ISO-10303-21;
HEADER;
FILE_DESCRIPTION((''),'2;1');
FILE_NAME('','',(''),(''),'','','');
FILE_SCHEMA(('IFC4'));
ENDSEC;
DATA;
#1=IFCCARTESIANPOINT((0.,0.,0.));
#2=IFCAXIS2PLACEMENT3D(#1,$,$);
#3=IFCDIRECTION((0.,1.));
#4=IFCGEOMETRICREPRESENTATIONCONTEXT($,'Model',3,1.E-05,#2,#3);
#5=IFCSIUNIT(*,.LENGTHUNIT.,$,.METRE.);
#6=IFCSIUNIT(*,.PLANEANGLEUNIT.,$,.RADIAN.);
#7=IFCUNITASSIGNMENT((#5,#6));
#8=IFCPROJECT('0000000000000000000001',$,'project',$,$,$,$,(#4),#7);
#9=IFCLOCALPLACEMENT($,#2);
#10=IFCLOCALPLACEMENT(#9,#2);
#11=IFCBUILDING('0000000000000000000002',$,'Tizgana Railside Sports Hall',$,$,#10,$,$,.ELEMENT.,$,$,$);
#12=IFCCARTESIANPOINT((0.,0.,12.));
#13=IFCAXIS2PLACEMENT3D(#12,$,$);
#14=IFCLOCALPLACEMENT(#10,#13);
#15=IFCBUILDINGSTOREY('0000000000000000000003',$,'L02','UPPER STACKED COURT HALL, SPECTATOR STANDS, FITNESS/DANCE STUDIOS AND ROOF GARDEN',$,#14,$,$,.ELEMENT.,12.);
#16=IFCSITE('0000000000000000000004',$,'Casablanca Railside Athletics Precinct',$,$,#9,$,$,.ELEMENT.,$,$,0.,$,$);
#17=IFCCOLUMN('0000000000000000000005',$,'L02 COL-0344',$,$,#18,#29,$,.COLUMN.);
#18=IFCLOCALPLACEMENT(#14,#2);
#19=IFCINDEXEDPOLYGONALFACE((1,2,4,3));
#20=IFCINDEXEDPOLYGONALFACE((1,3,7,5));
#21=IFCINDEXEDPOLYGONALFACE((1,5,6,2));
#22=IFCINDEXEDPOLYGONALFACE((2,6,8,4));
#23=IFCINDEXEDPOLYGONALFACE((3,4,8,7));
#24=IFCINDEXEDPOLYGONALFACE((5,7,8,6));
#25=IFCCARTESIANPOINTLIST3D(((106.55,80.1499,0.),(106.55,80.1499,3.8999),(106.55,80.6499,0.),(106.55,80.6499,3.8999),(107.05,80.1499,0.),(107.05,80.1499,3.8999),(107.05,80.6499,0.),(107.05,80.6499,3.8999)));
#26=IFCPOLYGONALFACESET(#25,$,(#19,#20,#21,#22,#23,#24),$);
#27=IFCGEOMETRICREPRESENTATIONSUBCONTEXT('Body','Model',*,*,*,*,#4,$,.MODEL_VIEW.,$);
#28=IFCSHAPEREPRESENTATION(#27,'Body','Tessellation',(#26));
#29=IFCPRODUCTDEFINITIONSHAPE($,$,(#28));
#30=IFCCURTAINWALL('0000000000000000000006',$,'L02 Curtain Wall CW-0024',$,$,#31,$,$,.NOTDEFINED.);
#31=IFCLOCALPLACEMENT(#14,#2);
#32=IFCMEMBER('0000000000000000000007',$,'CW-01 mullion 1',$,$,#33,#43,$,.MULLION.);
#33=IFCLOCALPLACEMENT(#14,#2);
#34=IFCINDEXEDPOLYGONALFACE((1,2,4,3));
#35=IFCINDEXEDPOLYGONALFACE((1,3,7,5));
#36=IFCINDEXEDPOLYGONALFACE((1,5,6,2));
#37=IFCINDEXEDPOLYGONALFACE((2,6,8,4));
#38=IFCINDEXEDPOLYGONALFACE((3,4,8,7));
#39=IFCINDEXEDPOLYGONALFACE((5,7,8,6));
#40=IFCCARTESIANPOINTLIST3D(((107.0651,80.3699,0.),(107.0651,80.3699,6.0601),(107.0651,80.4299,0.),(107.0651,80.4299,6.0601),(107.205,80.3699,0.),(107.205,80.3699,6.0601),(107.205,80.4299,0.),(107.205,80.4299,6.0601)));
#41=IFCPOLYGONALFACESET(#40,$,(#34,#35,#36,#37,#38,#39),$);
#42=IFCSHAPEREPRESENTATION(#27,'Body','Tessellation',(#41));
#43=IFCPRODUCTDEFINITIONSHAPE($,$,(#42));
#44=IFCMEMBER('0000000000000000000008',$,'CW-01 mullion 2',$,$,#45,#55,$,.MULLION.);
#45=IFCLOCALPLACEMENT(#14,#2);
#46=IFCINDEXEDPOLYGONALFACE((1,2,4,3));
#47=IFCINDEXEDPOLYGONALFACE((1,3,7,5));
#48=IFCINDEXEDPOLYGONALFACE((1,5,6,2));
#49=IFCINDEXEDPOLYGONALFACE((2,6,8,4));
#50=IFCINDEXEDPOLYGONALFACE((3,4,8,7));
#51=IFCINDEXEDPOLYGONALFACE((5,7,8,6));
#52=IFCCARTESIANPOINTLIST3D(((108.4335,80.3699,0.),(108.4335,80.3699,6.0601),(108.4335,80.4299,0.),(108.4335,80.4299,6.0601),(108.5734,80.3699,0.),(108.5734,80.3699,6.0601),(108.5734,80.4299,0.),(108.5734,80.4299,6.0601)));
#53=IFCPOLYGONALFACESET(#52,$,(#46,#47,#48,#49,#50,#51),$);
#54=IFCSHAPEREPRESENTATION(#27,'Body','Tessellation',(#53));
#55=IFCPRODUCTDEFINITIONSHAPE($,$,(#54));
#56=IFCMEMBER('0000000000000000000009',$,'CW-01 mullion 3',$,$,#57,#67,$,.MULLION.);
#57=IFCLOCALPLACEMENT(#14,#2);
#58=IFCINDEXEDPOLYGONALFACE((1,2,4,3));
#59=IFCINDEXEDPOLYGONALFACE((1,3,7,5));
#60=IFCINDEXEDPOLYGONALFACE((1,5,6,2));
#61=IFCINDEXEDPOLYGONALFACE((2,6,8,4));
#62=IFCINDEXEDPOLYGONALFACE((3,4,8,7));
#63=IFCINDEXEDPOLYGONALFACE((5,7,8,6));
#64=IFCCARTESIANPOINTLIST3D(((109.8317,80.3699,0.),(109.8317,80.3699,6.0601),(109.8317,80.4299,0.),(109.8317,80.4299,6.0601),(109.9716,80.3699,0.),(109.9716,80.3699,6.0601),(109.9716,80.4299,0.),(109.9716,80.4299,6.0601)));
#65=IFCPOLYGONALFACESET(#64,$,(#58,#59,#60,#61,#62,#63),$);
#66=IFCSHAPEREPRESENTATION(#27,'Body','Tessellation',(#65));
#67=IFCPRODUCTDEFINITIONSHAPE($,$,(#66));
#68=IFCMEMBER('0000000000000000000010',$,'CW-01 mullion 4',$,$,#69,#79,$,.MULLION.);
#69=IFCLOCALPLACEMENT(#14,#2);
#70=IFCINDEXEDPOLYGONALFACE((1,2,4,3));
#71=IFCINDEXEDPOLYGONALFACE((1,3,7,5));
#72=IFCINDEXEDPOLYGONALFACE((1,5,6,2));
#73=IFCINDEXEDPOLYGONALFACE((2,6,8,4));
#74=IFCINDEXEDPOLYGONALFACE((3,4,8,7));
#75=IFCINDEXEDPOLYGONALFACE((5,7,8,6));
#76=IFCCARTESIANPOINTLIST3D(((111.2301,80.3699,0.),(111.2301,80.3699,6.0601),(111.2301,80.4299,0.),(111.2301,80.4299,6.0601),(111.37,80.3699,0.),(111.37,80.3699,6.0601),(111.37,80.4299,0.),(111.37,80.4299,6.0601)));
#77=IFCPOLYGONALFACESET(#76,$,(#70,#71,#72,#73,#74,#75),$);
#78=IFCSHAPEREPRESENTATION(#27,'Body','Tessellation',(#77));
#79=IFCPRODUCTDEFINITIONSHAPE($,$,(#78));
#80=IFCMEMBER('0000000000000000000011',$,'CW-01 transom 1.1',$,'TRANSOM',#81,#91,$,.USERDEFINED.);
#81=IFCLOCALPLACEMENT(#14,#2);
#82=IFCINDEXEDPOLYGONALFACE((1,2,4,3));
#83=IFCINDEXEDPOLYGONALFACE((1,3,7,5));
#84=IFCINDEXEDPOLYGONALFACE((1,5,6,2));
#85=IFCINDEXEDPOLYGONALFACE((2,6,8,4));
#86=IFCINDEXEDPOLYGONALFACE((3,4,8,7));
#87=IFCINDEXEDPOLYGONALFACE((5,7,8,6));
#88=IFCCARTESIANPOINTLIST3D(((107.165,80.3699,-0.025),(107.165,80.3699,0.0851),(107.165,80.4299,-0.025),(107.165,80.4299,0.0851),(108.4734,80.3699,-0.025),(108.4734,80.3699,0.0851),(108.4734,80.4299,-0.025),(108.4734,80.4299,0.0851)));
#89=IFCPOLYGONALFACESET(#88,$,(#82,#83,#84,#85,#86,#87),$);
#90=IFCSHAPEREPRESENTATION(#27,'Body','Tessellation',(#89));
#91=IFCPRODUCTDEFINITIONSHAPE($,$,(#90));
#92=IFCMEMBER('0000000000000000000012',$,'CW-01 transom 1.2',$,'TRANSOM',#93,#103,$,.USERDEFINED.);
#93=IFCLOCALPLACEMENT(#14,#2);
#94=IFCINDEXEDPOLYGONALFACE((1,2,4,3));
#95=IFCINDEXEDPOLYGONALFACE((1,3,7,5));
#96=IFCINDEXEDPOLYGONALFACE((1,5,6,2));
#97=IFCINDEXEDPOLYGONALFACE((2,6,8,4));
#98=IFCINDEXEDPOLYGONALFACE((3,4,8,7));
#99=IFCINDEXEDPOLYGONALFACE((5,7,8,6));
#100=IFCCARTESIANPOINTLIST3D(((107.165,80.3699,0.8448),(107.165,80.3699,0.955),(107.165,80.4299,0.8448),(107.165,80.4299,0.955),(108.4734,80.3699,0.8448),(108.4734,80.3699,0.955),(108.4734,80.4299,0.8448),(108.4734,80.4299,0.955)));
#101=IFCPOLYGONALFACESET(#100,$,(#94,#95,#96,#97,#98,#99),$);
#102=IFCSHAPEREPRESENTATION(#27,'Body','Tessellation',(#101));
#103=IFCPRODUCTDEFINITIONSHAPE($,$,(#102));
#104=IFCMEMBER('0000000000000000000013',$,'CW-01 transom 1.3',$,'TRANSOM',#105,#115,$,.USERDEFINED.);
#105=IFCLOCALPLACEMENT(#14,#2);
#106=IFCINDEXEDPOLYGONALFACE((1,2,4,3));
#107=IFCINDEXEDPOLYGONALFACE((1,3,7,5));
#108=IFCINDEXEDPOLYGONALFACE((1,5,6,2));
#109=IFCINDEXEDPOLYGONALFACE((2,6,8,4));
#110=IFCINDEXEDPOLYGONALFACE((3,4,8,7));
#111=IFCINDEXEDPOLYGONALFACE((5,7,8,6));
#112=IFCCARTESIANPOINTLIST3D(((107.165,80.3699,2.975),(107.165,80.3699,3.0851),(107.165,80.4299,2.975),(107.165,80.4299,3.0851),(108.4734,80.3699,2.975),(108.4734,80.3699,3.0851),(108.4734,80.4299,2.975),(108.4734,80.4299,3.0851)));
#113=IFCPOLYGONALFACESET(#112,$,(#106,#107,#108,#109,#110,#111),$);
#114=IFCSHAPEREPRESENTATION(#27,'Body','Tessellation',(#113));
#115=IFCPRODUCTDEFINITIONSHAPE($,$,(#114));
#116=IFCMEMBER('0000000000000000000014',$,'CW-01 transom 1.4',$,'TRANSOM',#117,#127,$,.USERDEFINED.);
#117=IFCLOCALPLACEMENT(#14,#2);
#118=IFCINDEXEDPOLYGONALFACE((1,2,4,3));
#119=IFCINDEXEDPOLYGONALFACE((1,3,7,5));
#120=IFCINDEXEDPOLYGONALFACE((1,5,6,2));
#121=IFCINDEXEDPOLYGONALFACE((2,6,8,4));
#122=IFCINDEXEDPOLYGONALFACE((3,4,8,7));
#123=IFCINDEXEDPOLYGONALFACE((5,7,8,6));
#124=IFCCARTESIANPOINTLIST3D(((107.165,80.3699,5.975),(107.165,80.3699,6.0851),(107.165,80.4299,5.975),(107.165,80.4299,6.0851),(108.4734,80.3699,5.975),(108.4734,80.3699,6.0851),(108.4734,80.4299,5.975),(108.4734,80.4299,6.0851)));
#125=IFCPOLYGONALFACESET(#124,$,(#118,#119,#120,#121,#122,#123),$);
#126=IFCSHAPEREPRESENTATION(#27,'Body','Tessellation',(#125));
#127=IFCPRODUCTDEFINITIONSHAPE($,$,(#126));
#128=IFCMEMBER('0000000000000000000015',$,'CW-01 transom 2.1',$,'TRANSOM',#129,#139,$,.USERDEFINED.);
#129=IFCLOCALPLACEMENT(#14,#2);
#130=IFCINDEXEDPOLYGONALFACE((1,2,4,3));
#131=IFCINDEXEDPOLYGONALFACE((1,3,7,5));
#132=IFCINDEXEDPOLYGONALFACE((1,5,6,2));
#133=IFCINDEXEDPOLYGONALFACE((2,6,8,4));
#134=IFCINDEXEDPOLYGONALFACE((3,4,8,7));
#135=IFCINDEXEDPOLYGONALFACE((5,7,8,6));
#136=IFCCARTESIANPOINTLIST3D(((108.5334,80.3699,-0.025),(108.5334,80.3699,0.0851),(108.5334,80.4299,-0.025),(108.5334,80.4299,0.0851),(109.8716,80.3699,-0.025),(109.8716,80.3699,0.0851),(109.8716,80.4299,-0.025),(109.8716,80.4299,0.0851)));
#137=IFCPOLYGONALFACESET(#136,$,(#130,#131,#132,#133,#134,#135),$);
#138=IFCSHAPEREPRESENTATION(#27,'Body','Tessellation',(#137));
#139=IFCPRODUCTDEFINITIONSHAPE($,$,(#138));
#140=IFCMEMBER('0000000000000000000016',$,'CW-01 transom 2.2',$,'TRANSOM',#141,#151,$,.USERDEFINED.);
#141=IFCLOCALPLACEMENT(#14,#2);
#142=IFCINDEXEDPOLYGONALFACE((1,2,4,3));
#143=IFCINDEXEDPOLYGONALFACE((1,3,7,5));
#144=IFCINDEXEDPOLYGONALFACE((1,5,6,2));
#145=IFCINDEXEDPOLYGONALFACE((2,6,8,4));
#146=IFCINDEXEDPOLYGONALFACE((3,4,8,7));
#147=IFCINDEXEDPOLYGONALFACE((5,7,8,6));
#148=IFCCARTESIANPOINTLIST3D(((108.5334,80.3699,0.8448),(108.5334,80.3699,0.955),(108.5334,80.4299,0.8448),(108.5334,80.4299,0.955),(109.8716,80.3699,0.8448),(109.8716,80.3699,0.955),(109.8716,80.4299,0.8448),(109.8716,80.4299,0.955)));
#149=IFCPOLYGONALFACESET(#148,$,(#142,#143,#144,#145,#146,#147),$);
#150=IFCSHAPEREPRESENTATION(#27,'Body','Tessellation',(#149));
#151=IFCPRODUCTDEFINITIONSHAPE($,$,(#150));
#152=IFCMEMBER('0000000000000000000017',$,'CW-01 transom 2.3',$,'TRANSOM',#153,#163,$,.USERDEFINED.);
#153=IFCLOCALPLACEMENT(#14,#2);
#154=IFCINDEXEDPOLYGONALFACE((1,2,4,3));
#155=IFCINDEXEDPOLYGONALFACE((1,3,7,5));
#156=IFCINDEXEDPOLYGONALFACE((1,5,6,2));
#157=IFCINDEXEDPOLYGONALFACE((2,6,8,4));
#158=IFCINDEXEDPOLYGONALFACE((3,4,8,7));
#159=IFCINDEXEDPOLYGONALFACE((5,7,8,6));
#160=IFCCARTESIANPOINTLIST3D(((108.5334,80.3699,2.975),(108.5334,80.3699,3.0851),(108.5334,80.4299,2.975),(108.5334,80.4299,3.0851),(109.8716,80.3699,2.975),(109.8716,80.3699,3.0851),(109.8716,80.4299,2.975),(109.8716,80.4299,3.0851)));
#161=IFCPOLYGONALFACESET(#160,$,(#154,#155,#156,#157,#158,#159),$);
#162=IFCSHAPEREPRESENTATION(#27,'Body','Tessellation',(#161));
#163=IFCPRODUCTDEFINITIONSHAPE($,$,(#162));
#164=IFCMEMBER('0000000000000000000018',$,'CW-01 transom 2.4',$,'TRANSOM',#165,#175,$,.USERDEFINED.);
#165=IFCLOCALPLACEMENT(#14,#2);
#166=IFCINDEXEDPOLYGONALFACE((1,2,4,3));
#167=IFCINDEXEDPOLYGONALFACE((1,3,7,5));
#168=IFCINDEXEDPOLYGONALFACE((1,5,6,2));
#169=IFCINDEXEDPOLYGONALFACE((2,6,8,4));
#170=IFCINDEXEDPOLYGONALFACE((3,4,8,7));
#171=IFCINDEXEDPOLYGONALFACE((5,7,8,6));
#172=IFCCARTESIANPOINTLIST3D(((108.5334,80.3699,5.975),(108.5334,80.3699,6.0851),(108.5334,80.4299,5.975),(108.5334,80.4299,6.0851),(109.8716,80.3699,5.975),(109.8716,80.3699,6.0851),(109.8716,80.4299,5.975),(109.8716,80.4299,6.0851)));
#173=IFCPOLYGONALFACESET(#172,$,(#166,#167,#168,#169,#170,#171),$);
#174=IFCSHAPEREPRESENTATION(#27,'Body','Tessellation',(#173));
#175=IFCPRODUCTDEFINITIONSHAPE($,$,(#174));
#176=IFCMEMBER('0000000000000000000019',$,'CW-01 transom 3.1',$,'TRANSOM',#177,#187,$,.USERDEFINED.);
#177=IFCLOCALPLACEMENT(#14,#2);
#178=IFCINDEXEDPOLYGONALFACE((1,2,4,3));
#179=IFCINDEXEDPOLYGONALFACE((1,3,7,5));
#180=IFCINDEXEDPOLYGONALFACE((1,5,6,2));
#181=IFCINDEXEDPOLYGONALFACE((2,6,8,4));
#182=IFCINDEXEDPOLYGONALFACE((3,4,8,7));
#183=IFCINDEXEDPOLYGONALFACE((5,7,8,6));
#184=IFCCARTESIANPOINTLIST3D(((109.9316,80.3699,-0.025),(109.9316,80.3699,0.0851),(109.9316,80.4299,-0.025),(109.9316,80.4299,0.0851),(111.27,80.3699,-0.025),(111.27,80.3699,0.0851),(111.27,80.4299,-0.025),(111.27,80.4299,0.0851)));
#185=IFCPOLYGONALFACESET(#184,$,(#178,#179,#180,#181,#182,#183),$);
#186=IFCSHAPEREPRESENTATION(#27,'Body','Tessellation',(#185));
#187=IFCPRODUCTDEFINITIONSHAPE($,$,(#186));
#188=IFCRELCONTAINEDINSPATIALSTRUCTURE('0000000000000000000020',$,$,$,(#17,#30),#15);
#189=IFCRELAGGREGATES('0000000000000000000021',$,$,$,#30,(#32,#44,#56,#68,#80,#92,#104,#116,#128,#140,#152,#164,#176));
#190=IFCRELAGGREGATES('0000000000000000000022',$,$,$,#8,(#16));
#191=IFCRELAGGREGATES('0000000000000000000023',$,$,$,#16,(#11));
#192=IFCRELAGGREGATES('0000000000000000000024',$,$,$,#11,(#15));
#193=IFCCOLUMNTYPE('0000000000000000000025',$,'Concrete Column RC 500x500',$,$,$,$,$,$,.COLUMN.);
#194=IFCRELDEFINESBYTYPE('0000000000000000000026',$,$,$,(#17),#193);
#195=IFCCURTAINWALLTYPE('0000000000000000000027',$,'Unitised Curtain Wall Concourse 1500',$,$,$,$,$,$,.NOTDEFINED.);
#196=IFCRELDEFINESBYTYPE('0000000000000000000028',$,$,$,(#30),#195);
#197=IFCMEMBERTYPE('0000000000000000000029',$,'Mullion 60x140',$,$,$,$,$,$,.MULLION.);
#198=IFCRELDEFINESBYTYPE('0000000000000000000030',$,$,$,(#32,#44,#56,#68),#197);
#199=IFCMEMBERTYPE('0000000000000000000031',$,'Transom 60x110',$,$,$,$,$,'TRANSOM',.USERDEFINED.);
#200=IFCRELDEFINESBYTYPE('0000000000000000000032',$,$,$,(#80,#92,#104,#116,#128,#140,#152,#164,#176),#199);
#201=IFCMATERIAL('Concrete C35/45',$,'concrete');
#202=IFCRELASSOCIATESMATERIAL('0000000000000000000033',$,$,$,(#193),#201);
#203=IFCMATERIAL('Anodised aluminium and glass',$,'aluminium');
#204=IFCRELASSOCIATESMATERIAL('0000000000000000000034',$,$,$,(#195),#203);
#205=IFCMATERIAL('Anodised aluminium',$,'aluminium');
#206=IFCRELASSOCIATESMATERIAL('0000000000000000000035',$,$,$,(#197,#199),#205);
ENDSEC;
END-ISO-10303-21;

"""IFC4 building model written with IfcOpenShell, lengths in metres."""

from ifc_helpers import new_model, si_unit, direction, frame, origin, origin_2d, place, context, subcontext, project, spatial, rectangle, extrude, material, material_profile, profile_set, type_object, element, aggregate, save


model = new_model("IFC4")

# Units and contexts
model_context = context("Model", 3, precision=1e-05, world=origin(), true_north=direction((0.0, 1.0)))
body_context = subcontext(model_context, "Body", "Model", "MODEL_VIEW")
ifc_project = project(units=[si_unit("LENGTHUNIT", "METRE"), si_unit("PLANEANGLEUNIT", "RADIAN")], contexts=[model_context])

# Site, building, storey
site_placement = place(None, origin())
site = spatial("IfcSite", under=ifc_project, at=site_placement, Name="Casablanca Railside Athletics Precinct", CompositionType="ELEMENT", RefElevation=0.0)
building_placement = place(site_placement, origin())
building = spatial("IfcBuilding", under=site, at=building_placement, Name="Tizgana Railside Sports Hall", CompositionType="ELEMENT")
storey_placement = place(building_placement, frame((0.0, 0.0, 12.0)))
storey = spatial("IfcBuildingStorey", under=building, at=storey_placement, Name="L02", Description="UPPER STACKED COURT HALL, SPECTATOR STANDS, FITNESS/DANCE STUDIOS AND ROOF GARDEN", CompositionType="ELEMENT", Elevation=12.0)

# Column
ifc_material_1 = material(Name="Concrete C35/45", Category="concrete")
ifc_material_profile_1 = material_profile(ifc_material_1, rectangle(XDim=0.5, YDim=0.5, at=origin_2d()), Name="RC 500x500")
ifc_profile_set_1 = profile_set([ifc_material_profile_1], Name="Concrete C35/45")
column_type = type_object("IfcColumnType", Name="Concrete Column RC 500x500", PredefinedType="COLUMN", material=ifc_profile_set_1)
column_placement = place(storey_placement, frame((106.8, 80.3999, 0.0), z_axis=(0.0, 0.0, 1.0), x_axis=(1.0, 0.0, 0.0)))
element("IfcColumn", 1, at=column_placement, inside=storey, type_object=column_type, Name="L02 COL-0344", PredefinedType="COLUMN", context=body_context, shape_type="SweptSolid", body=[
    extrude(rectangle(XDim=0.5, YDim=0.5, at=origin_2d()), origin(), (0.0, 0.0, 1.0), 3.8999),
])

# Curtain wall, members
ifc_material_2 = material(Name="Anodised aluminium and glass", Category="aluminium")
curtain_wall_type = type_object("IfcCurtainWallType", Name="Unitised Curtain Wall Concourse 1500", PredefinedType="NOTDEFINED", material=ifc_material_2)
curtain_wall_placement = place(storey_placement, origin())
curtain_wall = element("IfcCurtainWall", 2, at=curtain_wall_placement, inside=storey, type_object=curtain_wall_type, Name="L02 Curtain Wall CW-0024", PredefinedType="NOTDEFINED")
ifc_material_3 = material(Name="Anodised aluminium", Category="aluminium")
ifc_material_profile_2 = material_profile(ifc_material_3, rectangle(XDim=0.0601, YDim=0.1399, at=origin_2d()), Name="Mullion 60x140")
ifc_profile_set_2 = profile_set([ifc_material_profile_2], Name="Anodised aluminium")
member_type_1 = type_object("IfcMemberType", Name="Mullion 60x140", PredefinedType="MULLION", material=ifc_profile_set_2)
member_1_placement = place(storey_placement, frame((107.135, 80.3999, 0.0), z_axis=(0.0, 0.0, 1.0), x_axis=(0.0, 1.0, 0.0)))
member_1 = element("IfcMember", 3, at=member_1_placement, type_object=member_type_1, Name="CW-01 mullion 1", PredefinedType="MULLION", context=body_context, shape_type="SweptSolid", body=[
    extrude(rectangle(XDim=0.0601, YDim=0.1399, at=origin_2d()), origin(), (0.0, 0.0, 1.0), 6.0601),
])
member_2_placement = place(storey_placement, frame((108.5034, 80.3999, 0.0), z_axis=(0.0, 0.0, 1.0), x_axis=(0.0, 1.0, 0.0)))
member_2 = element("IfcMember", 4, at=member_2_placement, type_object=member_type_1, Name="CW-01 mullion 2", PredefinedType="MULLION", context=body_context, shape_type="SweptSolid", body=[
    extrude(rectangle(XDim=0.0601, YDim=0.1399, at=origin_2d()), origin(), (0.0, 0.0, 1.0), 6.0601),
])
member_3_placement = place(storey_placement, frame((109.9016, 80.3999, 0.0), z_axis=(0.0, 0.0, 1.0), x_axis=(0.0, 1.0, 0.0)))
member_3 = element("IfcMember", 5, at=member_3_placement, type_object=member_type_1, Name="CW-01 mullion 3", PredefinedType="MULLION", context=body_context, shape_type="SweptSolid", body=[
    extrude(rectangle(XDim=0.0601, YDim=0.1399, at=origin_2d()), origin(), (0.0, 0.0, 1.0), 6.0601),
])
member_4_placement = place(storey_placement, frame((111.3, 80.3999, 0.0), z_axis=(0.0, 0.0, 1.0), x_axis=(0.0, 1.0, 0.0)))
member_4 = element("IfcMember", 6, at=member_4_placement, type_object=member_type_1, Name="CW-01 mullion 4", PredefinedType="MULLION", context=body_context, shape_type="SweptSolid", body=[
    extrude(rectangle(XDim=0.0601, YDim=0.1399, at=origin_2d()), origin(), (0.0, 0.0, 1.0), 6.0601),
])
ifc_material_profile_3 = material_profile(ifc_material_3, rectangle(XDim=0.0601, YDim=0.1101, at=origin_2d()), Name="Transom 60x110")
ifc_profile_set_3 = profile_set([ifc_material_profile_3], Name="Anodised aluminium")
member_type_2 = type_object("IfcMemberType", Name="Transom 60x110", ElementType="TRANSOM", PredefinedType="USERDEFINED", material=ifc_profile_set_3)
member_5_placement = place(storey_placement, frame((107.165, 80.3999, 0.03), z_axis=(1.0, 0.0, 0.0), x_axis=(0.0, 1.0, 0.0)))
member_5 = element("IfcMember", 7, at=member_5_placement, type_object=member_type_2, Name="CW-01 transom 1.1", ObjectType="TRANSOM", PredefinedType="USERDEFINED", context=body_context, shape_type="SweptSolid", body=[
    extrude(rectangle(XDim=0.0601, YDim=0.1101, at=origin_2d()), origin(), (0.0, 0.0, 1.0), 1.3083),
])
member_6_placement = place(storey_placement, frame((107.165, 80.3999, 0.8999), z_axis=(1.0, 0.0, 0.0), x_axis=(0.0, 1.0, 0.0)))
member_6 = element("IfcMember", 8, at=member_6_placement, type_object=member_type_2, Name="CW-01 transom 1.2", ObjectType="TRANSOM", PredefinedType="USERDEFINED", context=body_context, shape_type="SweptSolid", body=[
    extrude(rectangle(XDim=0.0601, YDim=0.1101, at=origin_2d()), origin(), (0.0, 0.0, 1.0), 1.3083),
])
member_7_placement = place(storey_placement, frame((107.165, 80.3999, 3.03), z_axis=(1.0, 0.0, 0.0), x_axis=(0.0, 1.0, 0.0)))
member_7 = element("IfcMember", 9, at=member_7_placement, type_object=member_type_2, Name="CW-01 transom 1.3", ObjectType="TRANSOM", PredefinedType="USERDEFINED", context=body_context, shape_type="SweptSolid", body=[
    extrude(rectangle(XDim=0.0601, YDim=0.1101, at=origin_2d()), origin(), (0.0, 0.0, 1.0), 1.3083),
])
member_8_placement = place(storey_placement, frame((107.165, 80.3999, 6.03), z_axis=(1.0, 0.0, 0.0), x_axis=(0.0, 1.0, 0.0)))
member_8 = element("IfcMember", 10, at=member_8_placement, type_object=member_type_2, Name="CW-01 transom 1.4", ObjectType="TRANSOM", PredefinedType="USERDEFINED", context=body_context, shape_type="SweptSolid", body=[
    extrude(rectangle(XDim=0.0601, YDim=0.1101, at=origin_2d()), origin(), (0.0, 0.0, 1.0), 1.3083),
])
member_9_placement = place(storey_placement, frame((108.5334, 80.3999, 0.03), z_axis=(1.0, 0.0, 0.0), x_axis=(0.0, 1.0, 0.0)))
member_9 = element("IfcMember", 11, at=member_9_placement, type_object=member_type_2, Name="CW-01 transom 2.1", ObjectType="TRANSOM", PredefinedType="USERDEFINED", context=body_context, shape_type="SweptSolid", body=[
    extrude(rectangle(XDim=0.0601, YDim=0.1101, at=origin_2d()), origin(), (0.0, 0.0, 1.0), 1.3381),
])
member_10_placement = place(storey_placement, frame((108.5334, 80.3999, 0.8999), z_axis=(1.0, 0.0, 0.0), x_axis=(0.0, 1.0, 0.0)))
member_10 = element("IfcMember", 12, at=member_10_placement, type_object=member_type_2, Name="CW-01 transom 2.2", ObjectType="TRANSOM", PredefinedType="USERDEFINED", context=body_context, shape_type="SweptSolid", body=[
    extrude(rectangle(XDim=0.0601, YDim=0.1101, at=origin_2d()), origin(), (0.0, 0.0, 1.0), 1.3381),
])
member_11_placement = place(storey_placement, frame((108.5334, 80.3999, 3.03), z_axis=(1.0, 0.0, 0.0), x_axis=(0.0, 1.0, 0.0)))
member_11 = element("IfcMember", 13, at=member_11_placement, type_object=member_type_2, Name="CW-01 transom 2.3", ObjectType="TRANSOM", PredefinedType="USERDEFINED", context=body_context, shape_type="SweptSolid", body=[
    extrude(rectangle(XDim=0.0601, YDim=0.1101, at=origin_2d()), origin(), (0.0, 0.0, 1.0), 1.3381),
])
member_12_placement = place(storey_placement, frame((108.5334, 80.3999, 6.03), z_axis=(1.0, 0.0, 0.0), x_axis=(0.0, 1.0, 0.0)))
member_12 = element("IfcMember", 14, at=member_12_placement, type_object=member_type_2, Name="CW-01 transom 2.4", ObjectType="TRANSOM", PredefinedType="USERDEFINED", context=body_context, shape_type="SweptSolid", body=[
    extrude(rectangle(XDim=0.0601, YDim=0.1101, at=origin_2d()), origin(), (0.0, 0.0, 1.0), 1.3381),
])
member_13_placement = place(storey_placement, frame((109.9316, 80.3999, 0.03), z_axis=(1.0, 0.0, 0.0), x_axis=(0.0, 1.0, 0.0)))
member_13 = element("IfcMember", 15, at=member_13_placement, type_object=member_type_2, Name="CW-01 transom 3.1", ObjectType="TRANSOM", PredefinedType="USERDEFINED", context=body_context, shape_type="SweptSolid", body=[
    extrude(rectangle(XDim=0.0601, YDim=0.1101, at=origin_2d()), origin(), (0.0, 0.0, 1.0), 1.3384),
])
aggregate(curtain_wall, [member_1, member_2, member_3, member_4, member_5, member_6, member_7, member_8, member_9, member_10, member_11, member_12, member_13])

save(model, "model.ifc")
